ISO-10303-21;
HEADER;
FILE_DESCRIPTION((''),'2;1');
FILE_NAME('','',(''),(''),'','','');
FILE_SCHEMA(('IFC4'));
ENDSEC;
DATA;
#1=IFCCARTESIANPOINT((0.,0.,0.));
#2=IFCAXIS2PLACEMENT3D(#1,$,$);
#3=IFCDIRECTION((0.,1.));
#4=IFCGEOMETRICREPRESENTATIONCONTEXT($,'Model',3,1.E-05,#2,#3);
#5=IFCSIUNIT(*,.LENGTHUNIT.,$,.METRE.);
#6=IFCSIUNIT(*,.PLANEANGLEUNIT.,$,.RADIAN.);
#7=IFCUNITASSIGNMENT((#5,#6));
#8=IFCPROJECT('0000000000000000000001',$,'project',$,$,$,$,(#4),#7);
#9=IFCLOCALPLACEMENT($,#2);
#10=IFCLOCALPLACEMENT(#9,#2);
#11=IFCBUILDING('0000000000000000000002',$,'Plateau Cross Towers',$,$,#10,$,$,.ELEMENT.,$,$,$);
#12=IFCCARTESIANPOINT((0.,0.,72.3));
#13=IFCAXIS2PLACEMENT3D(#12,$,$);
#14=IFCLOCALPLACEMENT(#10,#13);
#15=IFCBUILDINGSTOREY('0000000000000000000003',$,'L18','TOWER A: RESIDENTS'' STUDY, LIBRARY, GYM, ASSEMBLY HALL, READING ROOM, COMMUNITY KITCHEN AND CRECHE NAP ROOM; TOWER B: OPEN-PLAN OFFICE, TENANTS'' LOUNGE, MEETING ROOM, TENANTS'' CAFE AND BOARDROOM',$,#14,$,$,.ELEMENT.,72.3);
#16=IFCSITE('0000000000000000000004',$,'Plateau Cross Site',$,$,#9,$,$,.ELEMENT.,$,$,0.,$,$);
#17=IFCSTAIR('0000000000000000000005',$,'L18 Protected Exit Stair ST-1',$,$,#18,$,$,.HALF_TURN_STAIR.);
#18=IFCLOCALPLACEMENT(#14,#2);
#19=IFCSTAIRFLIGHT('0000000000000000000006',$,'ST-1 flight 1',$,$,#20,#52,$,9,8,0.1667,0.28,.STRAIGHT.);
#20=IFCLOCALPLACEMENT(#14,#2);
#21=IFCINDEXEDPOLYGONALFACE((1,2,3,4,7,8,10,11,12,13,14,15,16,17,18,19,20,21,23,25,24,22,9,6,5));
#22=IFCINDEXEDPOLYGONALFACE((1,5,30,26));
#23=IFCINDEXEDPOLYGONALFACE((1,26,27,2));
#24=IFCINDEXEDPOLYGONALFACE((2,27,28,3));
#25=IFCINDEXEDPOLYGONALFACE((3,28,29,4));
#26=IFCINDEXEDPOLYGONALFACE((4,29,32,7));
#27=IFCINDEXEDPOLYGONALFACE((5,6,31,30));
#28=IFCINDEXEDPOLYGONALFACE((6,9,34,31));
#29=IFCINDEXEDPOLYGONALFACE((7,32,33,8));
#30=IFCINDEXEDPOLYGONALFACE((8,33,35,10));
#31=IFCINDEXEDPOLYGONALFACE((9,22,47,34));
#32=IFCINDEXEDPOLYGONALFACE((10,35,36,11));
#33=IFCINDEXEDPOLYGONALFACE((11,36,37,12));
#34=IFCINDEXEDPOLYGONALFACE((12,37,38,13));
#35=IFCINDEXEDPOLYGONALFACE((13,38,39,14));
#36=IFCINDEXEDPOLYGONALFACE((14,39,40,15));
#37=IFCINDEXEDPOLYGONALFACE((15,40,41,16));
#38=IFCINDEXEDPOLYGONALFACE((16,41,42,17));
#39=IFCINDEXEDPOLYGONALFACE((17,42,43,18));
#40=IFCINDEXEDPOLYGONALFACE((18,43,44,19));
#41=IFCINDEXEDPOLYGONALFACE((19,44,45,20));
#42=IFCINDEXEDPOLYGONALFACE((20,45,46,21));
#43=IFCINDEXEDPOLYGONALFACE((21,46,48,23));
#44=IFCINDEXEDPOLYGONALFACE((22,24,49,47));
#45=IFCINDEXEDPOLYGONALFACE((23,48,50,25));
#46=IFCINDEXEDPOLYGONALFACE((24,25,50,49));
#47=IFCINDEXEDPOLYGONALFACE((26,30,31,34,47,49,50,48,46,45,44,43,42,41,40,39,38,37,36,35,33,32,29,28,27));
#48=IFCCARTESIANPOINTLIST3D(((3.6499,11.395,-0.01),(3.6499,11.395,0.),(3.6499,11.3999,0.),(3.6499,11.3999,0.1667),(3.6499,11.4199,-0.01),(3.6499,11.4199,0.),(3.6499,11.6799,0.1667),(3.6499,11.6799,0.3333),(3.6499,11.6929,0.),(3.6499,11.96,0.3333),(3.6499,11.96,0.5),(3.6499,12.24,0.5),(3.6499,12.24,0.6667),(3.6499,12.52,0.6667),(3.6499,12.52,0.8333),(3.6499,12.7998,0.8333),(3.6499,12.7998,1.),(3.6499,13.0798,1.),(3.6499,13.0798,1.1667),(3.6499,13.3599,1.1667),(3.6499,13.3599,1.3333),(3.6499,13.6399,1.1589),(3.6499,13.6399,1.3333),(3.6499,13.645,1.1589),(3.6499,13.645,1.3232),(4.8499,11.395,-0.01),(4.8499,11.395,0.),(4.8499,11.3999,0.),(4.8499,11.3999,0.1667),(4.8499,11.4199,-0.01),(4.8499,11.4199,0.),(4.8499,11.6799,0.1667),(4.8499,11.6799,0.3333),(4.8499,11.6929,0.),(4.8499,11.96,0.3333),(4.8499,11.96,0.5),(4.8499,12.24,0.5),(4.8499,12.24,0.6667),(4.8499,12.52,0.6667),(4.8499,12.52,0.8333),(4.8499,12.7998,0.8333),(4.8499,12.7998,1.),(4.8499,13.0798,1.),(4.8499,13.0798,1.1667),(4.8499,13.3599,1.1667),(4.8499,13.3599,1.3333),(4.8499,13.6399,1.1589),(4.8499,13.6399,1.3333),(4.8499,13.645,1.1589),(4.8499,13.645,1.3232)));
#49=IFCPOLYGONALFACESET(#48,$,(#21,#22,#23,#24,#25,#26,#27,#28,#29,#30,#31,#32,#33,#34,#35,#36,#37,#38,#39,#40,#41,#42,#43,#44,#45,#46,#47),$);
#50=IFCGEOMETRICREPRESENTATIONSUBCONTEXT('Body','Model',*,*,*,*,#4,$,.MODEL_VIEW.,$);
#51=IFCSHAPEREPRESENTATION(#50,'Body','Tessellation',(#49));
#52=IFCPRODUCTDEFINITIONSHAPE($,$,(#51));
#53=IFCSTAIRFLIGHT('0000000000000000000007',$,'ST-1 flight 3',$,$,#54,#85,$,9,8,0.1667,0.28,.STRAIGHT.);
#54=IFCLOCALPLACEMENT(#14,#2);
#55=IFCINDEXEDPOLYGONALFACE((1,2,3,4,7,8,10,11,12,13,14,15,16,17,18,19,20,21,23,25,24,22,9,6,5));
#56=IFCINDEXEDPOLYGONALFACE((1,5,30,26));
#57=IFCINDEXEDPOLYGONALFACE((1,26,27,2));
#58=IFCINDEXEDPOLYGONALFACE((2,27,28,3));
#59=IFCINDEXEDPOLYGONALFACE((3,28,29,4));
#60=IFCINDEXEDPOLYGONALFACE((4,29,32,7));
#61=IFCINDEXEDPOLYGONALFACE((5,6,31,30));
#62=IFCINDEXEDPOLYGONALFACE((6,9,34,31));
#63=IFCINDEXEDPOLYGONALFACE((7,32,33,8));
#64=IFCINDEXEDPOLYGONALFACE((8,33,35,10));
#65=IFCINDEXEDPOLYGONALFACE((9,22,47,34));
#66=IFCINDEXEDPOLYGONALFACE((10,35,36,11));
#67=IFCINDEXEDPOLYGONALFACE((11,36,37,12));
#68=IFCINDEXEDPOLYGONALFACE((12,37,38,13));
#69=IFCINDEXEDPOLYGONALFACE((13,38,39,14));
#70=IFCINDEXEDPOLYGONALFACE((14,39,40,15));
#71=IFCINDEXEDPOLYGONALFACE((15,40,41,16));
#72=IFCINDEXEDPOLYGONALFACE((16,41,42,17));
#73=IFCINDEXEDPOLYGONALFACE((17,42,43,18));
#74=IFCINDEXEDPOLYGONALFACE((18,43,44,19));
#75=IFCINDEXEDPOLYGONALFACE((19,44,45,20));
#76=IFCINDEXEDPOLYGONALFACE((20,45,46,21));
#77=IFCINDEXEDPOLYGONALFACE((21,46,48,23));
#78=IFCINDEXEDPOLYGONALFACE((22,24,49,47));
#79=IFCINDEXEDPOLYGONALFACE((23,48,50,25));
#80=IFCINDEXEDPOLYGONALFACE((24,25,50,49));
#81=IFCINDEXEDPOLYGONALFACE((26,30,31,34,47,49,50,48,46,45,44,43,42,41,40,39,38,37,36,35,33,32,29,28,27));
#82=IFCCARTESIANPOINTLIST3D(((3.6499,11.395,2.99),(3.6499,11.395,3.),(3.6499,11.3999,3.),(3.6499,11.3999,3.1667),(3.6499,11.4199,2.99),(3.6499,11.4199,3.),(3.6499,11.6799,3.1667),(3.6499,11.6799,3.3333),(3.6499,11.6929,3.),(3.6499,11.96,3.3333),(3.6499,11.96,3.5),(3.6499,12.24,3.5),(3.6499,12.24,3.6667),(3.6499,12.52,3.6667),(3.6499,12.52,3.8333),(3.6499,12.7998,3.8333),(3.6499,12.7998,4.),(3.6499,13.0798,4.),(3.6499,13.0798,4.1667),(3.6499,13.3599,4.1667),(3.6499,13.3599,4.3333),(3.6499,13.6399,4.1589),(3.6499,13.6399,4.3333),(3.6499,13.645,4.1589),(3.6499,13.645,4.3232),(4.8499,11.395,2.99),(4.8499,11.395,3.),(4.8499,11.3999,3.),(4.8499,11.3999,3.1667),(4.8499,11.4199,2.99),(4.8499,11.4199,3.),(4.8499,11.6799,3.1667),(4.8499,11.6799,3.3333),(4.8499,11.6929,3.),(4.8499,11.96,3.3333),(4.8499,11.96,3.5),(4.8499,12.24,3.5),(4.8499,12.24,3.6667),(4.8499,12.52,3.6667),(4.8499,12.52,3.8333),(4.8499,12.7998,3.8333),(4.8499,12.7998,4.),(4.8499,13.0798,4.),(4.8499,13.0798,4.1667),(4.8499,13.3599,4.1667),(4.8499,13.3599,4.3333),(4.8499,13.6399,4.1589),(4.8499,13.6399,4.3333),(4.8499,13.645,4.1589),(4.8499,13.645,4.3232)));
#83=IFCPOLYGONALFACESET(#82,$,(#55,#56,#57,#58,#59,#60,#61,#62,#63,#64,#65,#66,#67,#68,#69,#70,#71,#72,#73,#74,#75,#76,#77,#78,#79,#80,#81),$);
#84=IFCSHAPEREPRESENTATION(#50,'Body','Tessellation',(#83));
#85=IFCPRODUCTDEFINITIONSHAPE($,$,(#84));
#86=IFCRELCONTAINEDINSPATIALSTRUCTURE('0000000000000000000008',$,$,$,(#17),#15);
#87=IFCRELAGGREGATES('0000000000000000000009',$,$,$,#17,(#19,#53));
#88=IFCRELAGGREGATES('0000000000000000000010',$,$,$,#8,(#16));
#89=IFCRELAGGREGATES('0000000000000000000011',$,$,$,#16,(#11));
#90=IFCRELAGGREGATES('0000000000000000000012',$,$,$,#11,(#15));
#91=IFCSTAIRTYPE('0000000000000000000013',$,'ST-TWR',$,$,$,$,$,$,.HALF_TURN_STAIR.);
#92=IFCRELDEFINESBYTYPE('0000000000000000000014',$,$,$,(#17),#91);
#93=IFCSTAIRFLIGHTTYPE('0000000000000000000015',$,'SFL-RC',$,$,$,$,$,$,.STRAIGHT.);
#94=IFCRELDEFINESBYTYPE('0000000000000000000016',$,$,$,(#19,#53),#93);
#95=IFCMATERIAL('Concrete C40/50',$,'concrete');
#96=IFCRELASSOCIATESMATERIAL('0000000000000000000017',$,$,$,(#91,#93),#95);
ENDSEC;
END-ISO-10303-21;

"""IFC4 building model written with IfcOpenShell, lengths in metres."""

from ifc_helpers import new_model, si_unit, direction, frame, origin, place, context, subcontext, project, spatial, polyline, outline, extrude, material, type_object, element, aggregate, save


model = new_model("IFC4")

# Units and contexts
model_context = context("Model", 3, precision=1e-05, world=origin(), true_north=direction((0.0, 1.0)))
body_context = subcontext(model_context, "Body", "Model", "MODEL_VIEW")
ifc_project = project(units=[si_unit("LENGTHUNIT", "METRE"), si_unit("PLANEANGLEUNIT", "RADIAN")], contexts=[model_context])

# Site, building, storey
site_placement = place(None, origin())
site = spatial("IfcSite", under=ifc_project, at=site_placement, Name="Plateau Cross Site", CompositionType="ELEMENT", RefElevation=0.0)
building_placement = place(site_placement, origin())
building = spatial("IfcBuilding", under=site, at=building_placement, Name="Plateau Cross Towers", CompositionType="ELEMENT")
storey_placement = place(building_placement, frame((0.0, 0.0, 72.3)))
storey = spatial("IfcBuildingStorey", under=building, at=storey_placement, Name="L18", Description="TOWER A: RESIDENTS' STUDY, LIBRARY, GYM, ASSEMBLY HALL, READING ROOM, COMMUNITY KITCHEN AND CRECHE NAP ROOM; TOWER B: OPEN-PLAN OFFICE, TENANTS' LOUNGE, MEETING ROOM, TENANTS' CAFE AND BOARDROOM", CompositionType="ELEMENT", Elevation=72.3)

# Stair, stair flights
ifc_material_1 = material(Name="Concrete C40/50", Category="concrete")
stair_type = type_object("IfcStairType", Name="ST-TWR", PredefinedType="HALF_TURN_STAIR", material=ifc_material_1)
stair_placement = place(storey_placement, origin())
stair = element("IfcStair", 1, at=stair_placement, inside=storey, type_object=stair_type, Name="L18 Protected Exit Stair ST-1", PredefinedType="HALF_TURN_STAIR")
stair_flight_type = type_object("IfcStairFlightType", Name="SFL-RC", PredefinedType="STRAIGHT", material=ifc_material_1)
stair_flight_1_placement = place(storey_placement, frame((4.25, 11.3999, 0.0), z_axis=(0.0, 0.0, 1.0), x_axis=(0.0, 1.0, 0.0)))
stair_flight_1 = element("IfcStairFlight", 2, at=stair_flight_1_placement, type_object=stair_flight_type, Name="ST-1 flight 1", NumberOfRisers=9, NumberOfTreads=8, PredefinedType="STRAIGHT", RiserHeight=0.1667, TreadLength=0.28, context=body_context, shape_type="SweptSolid", body=[
    extrude(outline(polyline([(-0.0049, -0.01), (-0.0049, 0.0), (0.0, 0.0), (0.0, 0.1667), (0.28, 0.1667), (0.28, 0.3333), (0.5601, 0.3333), (0.5601, 0.5), (0.8401, 0.5), (0.8401, 0.6667), (1.1201, 0.6667), (1.1201, 0.8333), (1.3999, 0.8333), (1.3999, 1.0), (1.6799, 1.0), (1.6799, 1.1667), (1.96, 1.1667), (1.96, 1.3333), (2.24, 1.3333), (2.2451, 1.3232), (2.2451, 1.1589), (2.24, 1.1589), (0.293, 0.0), (0.02, 0.0), (0.02, -0.01), (-0.0049, -0.01)])), frame((0.0, 0.6001, 0.0), z_axis=(0.0, -1.0, 0.0), x_axis=(1.0, 0.0, 0.0)), (0.0, 0.0, 1.0), 1.2),
])
stair_flight_2_placement = place(storey_placement, frame((4.25, 11.3999, 3.0), z_axis=(0.0, 0.0, 1.0), x_axis=(0.0, 1.0, 0.0)))
stair_flight_2 = element("IfcStairFlight", 3, at=stair_flight_2_placement, type_object=stair_flight_type, Name="ST-1 flight 3", NumberOfRisers=9, NumberOfTreads=8, PredefinedType="STRAIGHT", RiserHeight=0.1667, TreadLength=0.28, context=body_context, shape_type="SweptSolid", body=[
    extrude(outline(polyline([(-0.0049, -0.01), (-0.0049, 0.0), (0.0, 0.0), (0.0, 0.1667), (0.28, 0.1667), (0.28, 0.3333), (0.5601, 0.3333), (0.5601, 0.5), (0.8401, 0.5), (0.8401, 0.6667), (1.1201, 0.6667), (1.1201, 0.8333), (1.3999, 0.8333), (1.3999, 1.0), (1.6799, 1.0), (1.6799, 1.1667), (1.96, 1.1667), (1.96, 1.3333), (2.24, 1.3333), (2.2451, 1.3232), (2.2451, 1.1589), (2.24, 1.1589), (0.293, 0.0), (0.02, 0.0), (0.02, -0.01), (-0.0049, -0.01)])), frame((0.0, 0.6001, 0.0), z_axis=(0.0, -1.0, 0.0), x_axis=(1.0, 0.0, 0.0)), (0.0, 0.0, 1.0), 1.2),
])
aggregate(stair, [stair_flight_1, stair_flight_2])

save(model, "model.ifc")
